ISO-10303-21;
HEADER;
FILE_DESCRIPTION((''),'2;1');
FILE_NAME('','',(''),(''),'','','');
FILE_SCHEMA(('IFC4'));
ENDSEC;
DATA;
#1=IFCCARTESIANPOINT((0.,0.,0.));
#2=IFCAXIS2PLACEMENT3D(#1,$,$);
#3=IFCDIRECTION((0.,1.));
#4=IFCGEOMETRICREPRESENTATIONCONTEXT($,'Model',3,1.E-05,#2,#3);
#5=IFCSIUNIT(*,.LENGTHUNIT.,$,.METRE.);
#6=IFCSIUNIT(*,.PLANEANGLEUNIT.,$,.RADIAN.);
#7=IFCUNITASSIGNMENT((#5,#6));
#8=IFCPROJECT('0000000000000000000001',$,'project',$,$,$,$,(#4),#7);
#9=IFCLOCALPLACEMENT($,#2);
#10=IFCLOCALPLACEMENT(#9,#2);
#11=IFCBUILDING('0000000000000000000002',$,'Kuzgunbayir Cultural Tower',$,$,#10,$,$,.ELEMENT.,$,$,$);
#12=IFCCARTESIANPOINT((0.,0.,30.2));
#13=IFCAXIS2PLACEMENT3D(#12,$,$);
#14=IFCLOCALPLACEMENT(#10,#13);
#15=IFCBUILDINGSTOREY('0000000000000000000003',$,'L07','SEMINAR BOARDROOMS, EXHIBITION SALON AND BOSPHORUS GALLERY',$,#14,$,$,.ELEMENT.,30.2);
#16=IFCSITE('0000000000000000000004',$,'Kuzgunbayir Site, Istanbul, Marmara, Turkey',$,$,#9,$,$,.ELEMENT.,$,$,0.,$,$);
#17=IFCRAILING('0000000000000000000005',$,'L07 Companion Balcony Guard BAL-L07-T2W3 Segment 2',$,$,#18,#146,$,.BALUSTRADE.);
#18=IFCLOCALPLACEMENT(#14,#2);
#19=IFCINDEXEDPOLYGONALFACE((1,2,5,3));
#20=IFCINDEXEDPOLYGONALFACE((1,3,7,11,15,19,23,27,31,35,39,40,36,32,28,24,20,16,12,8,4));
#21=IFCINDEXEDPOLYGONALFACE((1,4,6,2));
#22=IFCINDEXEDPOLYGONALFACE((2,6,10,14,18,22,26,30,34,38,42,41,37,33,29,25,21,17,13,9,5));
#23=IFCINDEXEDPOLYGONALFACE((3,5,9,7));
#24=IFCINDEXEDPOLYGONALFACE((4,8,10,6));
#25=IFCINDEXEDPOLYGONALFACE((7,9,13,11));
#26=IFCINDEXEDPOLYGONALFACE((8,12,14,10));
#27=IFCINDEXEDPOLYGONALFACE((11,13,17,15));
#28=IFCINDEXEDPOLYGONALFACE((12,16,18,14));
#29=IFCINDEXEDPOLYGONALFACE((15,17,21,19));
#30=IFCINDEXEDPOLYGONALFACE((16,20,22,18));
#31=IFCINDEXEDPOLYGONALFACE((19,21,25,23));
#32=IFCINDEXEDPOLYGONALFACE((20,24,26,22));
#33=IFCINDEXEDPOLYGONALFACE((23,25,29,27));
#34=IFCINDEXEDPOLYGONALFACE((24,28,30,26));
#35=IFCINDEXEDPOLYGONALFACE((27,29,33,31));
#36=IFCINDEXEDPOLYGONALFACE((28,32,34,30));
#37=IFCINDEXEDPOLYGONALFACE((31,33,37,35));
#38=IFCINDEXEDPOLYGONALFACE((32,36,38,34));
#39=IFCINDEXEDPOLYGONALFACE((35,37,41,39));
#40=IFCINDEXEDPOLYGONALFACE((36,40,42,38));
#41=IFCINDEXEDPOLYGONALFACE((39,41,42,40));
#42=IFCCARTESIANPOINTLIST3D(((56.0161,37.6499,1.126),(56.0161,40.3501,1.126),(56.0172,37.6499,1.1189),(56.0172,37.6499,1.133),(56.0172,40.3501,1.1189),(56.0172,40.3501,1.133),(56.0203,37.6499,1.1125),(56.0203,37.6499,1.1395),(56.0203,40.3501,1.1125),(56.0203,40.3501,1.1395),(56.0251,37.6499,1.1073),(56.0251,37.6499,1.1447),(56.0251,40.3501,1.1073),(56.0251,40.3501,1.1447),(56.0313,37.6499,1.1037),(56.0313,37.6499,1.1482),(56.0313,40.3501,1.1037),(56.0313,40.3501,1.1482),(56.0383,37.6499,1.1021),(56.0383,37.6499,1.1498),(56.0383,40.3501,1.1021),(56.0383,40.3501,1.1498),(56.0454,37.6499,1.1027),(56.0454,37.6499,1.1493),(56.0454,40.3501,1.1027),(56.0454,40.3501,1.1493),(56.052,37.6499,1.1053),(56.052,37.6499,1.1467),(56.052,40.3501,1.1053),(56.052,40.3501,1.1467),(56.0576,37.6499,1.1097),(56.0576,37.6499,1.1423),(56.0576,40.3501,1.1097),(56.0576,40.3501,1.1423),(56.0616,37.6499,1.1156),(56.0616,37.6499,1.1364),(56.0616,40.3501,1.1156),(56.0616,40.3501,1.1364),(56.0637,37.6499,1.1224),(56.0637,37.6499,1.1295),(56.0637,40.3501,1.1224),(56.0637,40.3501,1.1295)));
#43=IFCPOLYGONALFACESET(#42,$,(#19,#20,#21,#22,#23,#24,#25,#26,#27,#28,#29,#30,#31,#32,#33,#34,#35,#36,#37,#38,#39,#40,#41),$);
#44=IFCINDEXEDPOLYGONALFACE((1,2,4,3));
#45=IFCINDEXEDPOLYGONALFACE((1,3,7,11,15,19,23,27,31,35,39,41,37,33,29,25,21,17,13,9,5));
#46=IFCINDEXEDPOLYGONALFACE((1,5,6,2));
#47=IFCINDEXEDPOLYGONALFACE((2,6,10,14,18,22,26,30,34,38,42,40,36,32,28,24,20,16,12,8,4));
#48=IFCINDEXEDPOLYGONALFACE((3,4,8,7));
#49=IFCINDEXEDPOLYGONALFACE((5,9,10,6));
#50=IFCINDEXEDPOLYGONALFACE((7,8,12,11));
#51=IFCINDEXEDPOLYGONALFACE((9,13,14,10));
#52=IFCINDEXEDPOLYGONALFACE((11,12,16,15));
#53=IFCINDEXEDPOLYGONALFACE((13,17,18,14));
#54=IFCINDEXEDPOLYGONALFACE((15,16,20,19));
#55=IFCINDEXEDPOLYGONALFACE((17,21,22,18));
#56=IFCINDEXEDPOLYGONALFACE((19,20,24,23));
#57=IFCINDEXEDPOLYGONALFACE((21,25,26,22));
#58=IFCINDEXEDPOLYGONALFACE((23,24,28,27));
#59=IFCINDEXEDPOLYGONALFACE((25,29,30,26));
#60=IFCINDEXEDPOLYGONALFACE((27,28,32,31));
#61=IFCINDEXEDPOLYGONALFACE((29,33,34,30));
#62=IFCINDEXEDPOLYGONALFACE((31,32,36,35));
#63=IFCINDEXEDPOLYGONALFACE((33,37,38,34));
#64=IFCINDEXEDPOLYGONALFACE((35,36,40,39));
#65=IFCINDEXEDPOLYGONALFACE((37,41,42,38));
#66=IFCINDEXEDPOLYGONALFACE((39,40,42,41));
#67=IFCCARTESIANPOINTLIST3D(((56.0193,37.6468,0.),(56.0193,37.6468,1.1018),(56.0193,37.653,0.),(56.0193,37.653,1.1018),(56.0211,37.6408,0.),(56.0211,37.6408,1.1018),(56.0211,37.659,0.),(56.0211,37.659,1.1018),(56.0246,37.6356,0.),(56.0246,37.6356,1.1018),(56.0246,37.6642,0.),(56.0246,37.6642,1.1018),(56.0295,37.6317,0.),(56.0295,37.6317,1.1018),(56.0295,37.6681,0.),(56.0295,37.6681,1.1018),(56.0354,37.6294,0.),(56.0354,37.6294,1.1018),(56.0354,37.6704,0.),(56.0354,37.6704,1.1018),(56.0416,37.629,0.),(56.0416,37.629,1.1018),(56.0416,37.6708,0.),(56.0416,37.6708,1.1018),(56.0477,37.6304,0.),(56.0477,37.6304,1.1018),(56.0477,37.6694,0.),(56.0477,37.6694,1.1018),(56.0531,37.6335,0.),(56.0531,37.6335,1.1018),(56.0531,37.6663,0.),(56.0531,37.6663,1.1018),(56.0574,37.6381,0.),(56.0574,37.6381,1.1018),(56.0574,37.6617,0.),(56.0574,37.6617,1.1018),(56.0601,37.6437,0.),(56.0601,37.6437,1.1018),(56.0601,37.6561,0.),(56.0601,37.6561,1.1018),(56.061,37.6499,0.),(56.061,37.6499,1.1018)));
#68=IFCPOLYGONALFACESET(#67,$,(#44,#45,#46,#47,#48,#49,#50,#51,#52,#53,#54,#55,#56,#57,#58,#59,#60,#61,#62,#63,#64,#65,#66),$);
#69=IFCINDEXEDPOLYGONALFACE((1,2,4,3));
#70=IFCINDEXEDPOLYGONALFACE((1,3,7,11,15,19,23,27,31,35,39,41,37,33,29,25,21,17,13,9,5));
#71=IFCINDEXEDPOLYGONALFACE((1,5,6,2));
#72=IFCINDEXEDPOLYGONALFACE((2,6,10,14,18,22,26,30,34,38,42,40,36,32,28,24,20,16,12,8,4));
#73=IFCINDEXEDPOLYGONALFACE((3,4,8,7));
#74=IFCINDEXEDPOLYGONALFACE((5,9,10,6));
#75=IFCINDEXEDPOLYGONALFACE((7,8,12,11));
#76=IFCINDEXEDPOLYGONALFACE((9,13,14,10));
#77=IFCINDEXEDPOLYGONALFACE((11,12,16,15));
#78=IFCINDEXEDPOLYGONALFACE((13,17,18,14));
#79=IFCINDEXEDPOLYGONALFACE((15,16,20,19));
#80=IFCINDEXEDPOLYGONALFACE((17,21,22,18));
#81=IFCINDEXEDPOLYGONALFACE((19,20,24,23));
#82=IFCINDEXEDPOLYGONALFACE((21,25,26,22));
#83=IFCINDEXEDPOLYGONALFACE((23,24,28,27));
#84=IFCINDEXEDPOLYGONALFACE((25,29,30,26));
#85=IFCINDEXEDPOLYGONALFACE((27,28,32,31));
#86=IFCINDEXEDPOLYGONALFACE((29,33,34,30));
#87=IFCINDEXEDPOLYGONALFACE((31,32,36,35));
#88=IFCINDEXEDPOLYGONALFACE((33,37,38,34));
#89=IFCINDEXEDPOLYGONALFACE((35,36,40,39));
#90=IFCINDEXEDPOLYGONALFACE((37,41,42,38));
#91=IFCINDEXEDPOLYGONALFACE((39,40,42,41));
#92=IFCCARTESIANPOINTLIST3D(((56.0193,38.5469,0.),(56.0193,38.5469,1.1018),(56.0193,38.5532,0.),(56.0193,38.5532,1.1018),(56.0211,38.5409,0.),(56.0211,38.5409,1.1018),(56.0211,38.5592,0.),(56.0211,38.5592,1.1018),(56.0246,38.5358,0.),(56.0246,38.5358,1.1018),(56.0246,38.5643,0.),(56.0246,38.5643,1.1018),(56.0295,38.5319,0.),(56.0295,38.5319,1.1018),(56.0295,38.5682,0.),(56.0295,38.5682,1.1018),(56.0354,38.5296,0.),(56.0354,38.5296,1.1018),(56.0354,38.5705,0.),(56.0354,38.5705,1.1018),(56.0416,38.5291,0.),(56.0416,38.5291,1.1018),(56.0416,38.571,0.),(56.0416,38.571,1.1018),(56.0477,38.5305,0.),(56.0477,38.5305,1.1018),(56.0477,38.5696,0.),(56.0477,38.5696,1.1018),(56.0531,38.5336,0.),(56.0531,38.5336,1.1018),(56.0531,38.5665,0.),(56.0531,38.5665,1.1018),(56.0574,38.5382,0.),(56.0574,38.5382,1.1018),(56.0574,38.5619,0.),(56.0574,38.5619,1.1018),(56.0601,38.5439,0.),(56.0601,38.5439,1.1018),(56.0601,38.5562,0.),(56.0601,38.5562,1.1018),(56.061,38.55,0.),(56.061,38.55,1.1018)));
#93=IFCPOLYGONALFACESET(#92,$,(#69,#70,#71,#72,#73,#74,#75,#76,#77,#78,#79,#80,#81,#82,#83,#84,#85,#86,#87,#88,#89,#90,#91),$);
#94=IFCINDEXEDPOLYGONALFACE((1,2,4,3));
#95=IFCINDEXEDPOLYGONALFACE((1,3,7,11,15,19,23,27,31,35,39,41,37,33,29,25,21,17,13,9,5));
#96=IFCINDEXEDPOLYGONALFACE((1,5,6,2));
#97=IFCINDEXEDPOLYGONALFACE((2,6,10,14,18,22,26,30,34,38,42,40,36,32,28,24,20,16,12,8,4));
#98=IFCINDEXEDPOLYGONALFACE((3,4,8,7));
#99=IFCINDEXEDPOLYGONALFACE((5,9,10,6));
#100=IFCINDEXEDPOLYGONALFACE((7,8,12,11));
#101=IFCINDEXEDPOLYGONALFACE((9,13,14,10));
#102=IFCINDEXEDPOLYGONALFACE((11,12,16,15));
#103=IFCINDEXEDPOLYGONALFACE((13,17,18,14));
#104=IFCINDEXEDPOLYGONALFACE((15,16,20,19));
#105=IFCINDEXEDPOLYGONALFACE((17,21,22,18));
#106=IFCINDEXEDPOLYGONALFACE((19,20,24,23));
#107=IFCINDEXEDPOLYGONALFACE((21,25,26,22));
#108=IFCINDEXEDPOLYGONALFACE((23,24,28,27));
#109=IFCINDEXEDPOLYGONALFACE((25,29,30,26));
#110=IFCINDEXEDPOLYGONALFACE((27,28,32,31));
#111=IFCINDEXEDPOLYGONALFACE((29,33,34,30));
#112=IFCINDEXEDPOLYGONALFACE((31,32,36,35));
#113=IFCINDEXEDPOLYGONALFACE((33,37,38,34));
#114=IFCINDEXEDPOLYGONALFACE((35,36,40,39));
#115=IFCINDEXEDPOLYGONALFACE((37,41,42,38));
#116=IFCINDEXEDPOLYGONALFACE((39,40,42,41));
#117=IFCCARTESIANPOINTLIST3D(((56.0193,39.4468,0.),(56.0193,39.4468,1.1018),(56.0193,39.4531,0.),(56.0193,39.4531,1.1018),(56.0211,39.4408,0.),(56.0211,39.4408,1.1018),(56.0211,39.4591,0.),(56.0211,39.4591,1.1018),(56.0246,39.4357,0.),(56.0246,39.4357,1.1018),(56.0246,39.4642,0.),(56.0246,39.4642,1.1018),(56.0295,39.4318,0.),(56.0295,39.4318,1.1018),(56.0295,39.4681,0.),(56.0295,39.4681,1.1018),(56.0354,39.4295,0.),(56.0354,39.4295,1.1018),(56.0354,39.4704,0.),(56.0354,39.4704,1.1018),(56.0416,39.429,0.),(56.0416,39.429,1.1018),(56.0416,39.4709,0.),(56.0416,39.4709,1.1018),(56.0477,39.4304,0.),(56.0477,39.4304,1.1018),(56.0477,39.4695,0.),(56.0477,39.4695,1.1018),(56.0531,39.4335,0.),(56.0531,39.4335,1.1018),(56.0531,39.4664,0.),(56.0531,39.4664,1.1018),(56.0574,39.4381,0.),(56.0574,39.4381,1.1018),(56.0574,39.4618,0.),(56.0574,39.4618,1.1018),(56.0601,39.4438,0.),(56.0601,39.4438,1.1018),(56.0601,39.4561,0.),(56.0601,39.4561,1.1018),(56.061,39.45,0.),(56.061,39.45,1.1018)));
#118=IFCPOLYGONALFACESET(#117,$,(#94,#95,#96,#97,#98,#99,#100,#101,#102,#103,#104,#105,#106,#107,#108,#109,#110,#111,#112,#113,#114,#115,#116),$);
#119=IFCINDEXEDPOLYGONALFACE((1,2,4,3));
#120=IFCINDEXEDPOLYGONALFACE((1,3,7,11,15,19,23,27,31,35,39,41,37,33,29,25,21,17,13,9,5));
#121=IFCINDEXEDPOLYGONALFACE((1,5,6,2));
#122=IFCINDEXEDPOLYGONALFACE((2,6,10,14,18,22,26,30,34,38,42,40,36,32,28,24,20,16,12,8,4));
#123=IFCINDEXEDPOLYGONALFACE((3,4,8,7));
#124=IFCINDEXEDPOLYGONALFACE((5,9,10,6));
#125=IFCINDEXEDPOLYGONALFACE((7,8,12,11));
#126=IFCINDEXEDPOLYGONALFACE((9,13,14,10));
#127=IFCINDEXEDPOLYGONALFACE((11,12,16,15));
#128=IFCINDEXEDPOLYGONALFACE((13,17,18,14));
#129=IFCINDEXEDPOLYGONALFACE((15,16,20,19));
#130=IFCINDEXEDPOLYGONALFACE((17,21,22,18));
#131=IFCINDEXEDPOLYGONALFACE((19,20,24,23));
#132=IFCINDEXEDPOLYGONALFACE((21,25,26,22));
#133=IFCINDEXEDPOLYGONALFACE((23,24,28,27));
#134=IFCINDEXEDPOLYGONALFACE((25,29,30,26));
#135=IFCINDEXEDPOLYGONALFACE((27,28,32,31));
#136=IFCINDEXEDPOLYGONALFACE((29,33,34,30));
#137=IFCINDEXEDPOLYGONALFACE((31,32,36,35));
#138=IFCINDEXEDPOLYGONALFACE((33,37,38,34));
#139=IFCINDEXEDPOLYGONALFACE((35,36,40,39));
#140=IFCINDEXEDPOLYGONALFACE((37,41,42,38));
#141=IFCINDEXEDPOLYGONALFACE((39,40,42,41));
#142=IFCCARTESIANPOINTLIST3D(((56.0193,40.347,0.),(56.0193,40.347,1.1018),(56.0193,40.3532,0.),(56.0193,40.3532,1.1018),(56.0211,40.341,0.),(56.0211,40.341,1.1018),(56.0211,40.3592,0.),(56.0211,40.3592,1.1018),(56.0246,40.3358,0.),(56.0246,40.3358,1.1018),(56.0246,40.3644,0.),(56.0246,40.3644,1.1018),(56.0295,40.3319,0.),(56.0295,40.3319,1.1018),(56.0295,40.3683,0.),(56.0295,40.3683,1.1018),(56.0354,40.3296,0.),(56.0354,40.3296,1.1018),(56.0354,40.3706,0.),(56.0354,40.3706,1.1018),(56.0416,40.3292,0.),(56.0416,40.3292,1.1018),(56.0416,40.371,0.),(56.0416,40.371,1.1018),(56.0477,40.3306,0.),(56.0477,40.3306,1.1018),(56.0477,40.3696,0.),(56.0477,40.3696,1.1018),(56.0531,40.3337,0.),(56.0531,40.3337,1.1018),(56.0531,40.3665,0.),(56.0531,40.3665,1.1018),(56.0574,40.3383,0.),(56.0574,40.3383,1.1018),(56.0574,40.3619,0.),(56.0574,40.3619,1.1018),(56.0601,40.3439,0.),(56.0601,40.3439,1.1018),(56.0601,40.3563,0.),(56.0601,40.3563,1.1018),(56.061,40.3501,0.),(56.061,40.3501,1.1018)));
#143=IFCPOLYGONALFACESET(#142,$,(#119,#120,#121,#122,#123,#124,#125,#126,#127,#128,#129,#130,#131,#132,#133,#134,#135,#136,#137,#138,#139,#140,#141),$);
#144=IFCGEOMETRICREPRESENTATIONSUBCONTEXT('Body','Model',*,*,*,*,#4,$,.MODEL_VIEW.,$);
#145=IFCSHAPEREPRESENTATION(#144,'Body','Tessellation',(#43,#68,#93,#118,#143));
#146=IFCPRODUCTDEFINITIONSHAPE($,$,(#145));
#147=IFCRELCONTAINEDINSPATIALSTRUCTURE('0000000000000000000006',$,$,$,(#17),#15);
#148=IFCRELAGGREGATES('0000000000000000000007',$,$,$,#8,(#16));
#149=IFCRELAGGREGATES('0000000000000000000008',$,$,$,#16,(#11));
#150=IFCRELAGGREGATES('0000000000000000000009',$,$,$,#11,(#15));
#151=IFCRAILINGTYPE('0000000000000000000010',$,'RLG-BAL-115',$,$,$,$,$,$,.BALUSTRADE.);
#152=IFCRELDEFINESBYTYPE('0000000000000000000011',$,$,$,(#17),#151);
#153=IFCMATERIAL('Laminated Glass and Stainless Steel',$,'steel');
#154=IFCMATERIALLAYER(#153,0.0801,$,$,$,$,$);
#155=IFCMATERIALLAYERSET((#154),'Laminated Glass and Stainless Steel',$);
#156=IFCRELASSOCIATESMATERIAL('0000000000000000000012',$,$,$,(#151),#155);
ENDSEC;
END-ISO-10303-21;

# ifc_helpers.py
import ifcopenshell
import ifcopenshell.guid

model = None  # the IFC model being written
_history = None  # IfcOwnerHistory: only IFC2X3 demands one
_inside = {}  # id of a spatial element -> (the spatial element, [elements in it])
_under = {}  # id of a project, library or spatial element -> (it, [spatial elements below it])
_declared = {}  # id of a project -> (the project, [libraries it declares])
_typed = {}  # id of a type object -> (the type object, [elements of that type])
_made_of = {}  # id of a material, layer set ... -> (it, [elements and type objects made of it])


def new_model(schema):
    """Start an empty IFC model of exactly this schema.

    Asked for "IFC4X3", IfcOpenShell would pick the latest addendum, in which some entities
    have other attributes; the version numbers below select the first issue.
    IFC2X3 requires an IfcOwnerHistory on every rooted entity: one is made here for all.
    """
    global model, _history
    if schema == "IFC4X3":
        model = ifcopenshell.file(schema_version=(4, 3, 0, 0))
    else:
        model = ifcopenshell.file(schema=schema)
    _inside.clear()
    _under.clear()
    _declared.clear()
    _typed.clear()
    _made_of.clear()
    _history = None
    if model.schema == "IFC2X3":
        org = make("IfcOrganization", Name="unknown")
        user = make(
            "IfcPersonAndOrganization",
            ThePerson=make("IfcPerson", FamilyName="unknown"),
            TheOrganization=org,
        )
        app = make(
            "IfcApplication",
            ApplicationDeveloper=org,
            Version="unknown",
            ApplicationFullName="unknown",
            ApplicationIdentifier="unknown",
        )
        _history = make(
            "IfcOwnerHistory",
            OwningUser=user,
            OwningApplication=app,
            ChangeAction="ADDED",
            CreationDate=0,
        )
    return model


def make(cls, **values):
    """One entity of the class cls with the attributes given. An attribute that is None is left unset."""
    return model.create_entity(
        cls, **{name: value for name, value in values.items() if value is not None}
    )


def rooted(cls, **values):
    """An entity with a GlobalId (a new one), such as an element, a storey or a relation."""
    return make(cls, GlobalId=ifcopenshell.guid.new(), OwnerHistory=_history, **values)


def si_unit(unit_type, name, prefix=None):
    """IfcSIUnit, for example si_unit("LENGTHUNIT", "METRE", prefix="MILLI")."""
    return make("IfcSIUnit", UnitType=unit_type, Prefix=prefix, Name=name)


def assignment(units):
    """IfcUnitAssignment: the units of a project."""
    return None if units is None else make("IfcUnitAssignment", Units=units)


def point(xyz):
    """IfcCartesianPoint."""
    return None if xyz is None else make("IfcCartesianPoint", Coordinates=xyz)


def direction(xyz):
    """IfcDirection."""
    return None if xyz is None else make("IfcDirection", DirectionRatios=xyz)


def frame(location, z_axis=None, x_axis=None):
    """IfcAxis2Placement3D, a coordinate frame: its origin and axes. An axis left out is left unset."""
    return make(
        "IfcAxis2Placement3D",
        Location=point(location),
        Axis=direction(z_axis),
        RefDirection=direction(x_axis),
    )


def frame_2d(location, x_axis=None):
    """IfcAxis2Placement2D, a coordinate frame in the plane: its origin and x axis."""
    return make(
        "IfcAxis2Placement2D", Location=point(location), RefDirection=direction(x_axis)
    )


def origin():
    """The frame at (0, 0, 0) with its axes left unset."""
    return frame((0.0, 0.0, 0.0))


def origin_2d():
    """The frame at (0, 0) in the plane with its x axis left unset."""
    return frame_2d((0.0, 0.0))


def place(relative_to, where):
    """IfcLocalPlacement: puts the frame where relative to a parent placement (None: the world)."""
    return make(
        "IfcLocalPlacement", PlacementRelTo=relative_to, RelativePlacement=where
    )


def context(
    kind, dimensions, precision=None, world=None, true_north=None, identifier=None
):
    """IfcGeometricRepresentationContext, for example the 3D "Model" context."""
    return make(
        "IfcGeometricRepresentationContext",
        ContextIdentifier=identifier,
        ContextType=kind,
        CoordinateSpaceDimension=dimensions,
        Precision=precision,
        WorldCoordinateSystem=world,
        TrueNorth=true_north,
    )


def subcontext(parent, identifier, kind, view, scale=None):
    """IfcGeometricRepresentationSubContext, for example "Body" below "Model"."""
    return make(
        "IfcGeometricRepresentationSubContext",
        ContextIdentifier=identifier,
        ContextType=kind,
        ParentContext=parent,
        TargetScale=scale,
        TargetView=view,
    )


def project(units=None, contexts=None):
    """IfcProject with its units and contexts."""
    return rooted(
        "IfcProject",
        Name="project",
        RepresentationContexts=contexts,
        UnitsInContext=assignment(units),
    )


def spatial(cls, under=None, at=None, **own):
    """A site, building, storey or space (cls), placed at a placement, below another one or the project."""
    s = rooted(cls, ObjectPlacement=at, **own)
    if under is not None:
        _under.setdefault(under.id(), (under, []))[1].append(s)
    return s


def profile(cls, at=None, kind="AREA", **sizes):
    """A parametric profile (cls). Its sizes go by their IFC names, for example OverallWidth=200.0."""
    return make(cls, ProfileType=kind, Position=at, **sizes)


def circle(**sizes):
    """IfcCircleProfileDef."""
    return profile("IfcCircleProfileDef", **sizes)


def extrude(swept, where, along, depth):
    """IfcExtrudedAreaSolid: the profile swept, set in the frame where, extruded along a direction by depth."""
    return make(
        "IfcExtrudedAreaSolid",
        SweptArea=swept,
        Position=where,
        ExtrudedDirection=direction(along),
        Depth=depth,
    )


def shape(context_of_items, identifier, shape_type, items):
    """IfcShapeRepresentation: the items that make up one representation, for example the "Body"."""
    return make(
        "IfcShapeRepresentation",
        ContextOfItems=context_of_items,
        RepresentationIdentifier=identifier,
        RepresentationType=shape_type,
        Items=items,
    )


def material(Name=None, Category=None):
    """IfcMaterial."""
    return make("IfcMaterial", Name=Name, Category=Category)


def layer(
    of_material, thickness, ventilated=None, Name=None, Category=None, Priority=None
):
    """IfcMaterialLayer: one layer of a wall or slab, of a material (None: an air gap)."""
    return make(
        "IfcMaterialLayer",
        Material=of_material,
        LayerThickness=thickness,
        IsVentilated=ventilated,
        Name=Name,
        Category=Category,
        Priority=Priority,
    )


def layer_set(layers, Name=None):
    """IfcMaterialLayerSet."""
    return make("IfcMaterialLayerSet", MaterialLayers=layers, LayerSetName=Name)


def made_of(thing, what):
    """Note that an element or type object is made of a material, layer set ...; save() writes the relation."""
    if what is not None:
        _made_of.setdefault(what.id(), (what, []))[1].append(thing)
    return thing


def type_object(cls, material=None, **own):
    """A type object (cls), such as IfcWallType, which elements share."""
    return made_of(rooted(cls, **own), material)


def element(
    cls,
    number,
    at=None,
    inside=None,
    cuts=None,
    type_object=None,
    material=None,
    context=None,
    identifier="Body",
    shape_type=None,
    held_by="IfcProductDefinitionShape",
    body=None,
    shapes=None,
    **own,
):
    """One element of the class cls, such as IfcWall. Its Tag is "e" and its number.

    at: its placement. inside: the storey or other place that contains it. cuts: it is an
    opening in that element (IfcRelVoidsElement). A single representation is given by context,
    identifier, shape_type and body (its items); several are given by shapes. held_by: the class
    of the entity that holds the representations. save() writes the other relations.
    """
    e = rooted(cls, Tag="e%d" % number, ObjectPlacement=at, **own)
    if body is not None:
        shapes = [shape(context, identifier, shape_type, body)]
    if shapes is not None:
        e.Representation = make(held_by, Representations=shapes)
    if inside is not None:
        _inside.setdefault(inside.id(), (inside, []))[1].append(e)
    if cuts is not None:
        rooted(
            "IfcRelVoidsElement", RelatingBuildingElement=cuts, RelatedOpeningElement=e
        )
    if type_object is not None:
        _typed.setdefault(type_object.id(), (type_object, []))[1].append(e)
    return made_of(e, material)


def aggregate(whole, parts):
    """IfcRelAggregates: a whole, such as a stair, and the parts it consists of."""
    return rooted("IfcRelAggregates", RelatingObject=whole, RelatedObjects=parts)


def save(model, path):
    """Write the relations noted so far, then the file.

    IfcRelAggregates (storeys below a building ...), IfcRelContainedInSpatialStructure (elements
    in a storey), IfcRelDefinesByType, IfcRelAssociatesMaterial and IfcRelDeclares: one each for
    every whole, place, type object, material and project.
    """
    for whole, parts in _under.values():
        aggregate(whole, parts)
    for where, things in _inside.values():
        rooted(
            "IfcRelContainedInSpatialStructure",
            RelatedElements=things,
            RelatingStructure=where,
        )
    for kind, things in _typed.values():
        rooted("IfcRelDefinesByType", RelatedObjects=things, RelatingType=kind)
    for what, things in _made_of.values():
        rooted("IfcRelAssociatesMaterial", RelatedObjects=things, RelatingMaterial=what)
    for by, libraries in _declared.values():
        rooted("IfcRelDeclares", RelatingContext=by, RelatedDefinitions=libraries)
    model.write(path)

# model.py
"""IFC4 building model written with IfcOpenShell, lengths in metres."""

from ifc_helpers import new_model, si_unit, direction, frame, origin, origin_2d, place, context, subcontext, project, spatial, circle, extrude, material, layer, layer_set, type_object, element, save


model = new_model("IFC4")

# Units and contexts
model_context = context("Model", 3, precision=1e-05, world=origin(), true_north=direction((0.0, 1.0)))
body_context = subcontext(model_context, "Body", "Model", "MODEL_VIEW")
ifc_project = project(units=[si_unit("LENGTHUNIT", "METRE"), si_unit("PLANEANGLEUNIT", "RADIAN")], contexts=[model_context])

# Site, building, storey
site_placement = place(None, origin())
site = spatial("IfcSite", under=ifc_project, at=site_placement, Name="Kuzgunbayir Site, Istanbul, Marmara, Turkey", CompositionType="ELEMENT", RefElevation=0.0)
building_placement = place(site_placement, origin())
building = spatial("IfcBuilding", under=site, at=building_placement, Name="Kuzgunbayir Cultural Tower", CompositionType="ELEMENT")
storey_placement = place(building_placement, frame((0.0, 0.0, 30.2)))
storey = spatial("IfcBuildingStorey", under=building, at=storey_placement, Name="L07", Description="SEMINAR BOARDROOMS, EXHIBITION SALON AND BOSPHORUS GALLERY", CompositionType="ELEMENT", Elevation=30.2)

# Railing
ifc_material_1 = material(Name="Laminated Glass and Stainless Steel", Category="steel")
ifc_layer_1 = layer(ifc_material_1, 0.0801)
ifc_layer_set_1 = layer_set([ifc_layer_1], Name="Laminated Glass and Stainless Steel")
railing_type = type_object("IfcRailingType", Name="RLG-BAL-115", PredefinedType="BALUSTRADE", material=ifc_layer_set_1)
railing_1_placement = place(storey_placement, frame((56.04, 37.6499, 0.0)))
element("IfcRailing", 1, at=railing_1_placement, inside=storey, type_object=railing_type, Name="L07 Companion Balcony Guard BAL-L07-T2W3 Segment 2", PredefinedType="BALUSTRADE", context=body_context, shape_type="SweptSolid", body=[
    extrude(circle(Radius=0.0239, at=origin_2d()), frame((0.0, 0.0, 1.126), z_axis=(0.0, 1.0, 0.0), x_axis=(-1.0, 0.0, 0.0)), (0.0, 0.0, 1.0), 2.7002),
    extrude(circle(Radius=0.021, at=origin_2d()), origin(), (0.0, 0.0, 1.0), 1.1018),
    extrude(circle(Radius=0.021, at=origin_2d()), frame((0.0, 0.9001, 0.0)), (0.0, 0.0, 1.0), 1.1018),
    extrude(circle(Radius=0.021, at=origin_2d()), frame((0.0, 1.8, 0.0)), (0.0, 0.0, 1.0), 1.1018),
    extrude(circle(Radius=0.021, at=origin_2d()), frame((0.0, 2.7002, 0.0)), (0.0, 0.0, 1.0), 1.1018),
])

save(model, "model.ifc")
